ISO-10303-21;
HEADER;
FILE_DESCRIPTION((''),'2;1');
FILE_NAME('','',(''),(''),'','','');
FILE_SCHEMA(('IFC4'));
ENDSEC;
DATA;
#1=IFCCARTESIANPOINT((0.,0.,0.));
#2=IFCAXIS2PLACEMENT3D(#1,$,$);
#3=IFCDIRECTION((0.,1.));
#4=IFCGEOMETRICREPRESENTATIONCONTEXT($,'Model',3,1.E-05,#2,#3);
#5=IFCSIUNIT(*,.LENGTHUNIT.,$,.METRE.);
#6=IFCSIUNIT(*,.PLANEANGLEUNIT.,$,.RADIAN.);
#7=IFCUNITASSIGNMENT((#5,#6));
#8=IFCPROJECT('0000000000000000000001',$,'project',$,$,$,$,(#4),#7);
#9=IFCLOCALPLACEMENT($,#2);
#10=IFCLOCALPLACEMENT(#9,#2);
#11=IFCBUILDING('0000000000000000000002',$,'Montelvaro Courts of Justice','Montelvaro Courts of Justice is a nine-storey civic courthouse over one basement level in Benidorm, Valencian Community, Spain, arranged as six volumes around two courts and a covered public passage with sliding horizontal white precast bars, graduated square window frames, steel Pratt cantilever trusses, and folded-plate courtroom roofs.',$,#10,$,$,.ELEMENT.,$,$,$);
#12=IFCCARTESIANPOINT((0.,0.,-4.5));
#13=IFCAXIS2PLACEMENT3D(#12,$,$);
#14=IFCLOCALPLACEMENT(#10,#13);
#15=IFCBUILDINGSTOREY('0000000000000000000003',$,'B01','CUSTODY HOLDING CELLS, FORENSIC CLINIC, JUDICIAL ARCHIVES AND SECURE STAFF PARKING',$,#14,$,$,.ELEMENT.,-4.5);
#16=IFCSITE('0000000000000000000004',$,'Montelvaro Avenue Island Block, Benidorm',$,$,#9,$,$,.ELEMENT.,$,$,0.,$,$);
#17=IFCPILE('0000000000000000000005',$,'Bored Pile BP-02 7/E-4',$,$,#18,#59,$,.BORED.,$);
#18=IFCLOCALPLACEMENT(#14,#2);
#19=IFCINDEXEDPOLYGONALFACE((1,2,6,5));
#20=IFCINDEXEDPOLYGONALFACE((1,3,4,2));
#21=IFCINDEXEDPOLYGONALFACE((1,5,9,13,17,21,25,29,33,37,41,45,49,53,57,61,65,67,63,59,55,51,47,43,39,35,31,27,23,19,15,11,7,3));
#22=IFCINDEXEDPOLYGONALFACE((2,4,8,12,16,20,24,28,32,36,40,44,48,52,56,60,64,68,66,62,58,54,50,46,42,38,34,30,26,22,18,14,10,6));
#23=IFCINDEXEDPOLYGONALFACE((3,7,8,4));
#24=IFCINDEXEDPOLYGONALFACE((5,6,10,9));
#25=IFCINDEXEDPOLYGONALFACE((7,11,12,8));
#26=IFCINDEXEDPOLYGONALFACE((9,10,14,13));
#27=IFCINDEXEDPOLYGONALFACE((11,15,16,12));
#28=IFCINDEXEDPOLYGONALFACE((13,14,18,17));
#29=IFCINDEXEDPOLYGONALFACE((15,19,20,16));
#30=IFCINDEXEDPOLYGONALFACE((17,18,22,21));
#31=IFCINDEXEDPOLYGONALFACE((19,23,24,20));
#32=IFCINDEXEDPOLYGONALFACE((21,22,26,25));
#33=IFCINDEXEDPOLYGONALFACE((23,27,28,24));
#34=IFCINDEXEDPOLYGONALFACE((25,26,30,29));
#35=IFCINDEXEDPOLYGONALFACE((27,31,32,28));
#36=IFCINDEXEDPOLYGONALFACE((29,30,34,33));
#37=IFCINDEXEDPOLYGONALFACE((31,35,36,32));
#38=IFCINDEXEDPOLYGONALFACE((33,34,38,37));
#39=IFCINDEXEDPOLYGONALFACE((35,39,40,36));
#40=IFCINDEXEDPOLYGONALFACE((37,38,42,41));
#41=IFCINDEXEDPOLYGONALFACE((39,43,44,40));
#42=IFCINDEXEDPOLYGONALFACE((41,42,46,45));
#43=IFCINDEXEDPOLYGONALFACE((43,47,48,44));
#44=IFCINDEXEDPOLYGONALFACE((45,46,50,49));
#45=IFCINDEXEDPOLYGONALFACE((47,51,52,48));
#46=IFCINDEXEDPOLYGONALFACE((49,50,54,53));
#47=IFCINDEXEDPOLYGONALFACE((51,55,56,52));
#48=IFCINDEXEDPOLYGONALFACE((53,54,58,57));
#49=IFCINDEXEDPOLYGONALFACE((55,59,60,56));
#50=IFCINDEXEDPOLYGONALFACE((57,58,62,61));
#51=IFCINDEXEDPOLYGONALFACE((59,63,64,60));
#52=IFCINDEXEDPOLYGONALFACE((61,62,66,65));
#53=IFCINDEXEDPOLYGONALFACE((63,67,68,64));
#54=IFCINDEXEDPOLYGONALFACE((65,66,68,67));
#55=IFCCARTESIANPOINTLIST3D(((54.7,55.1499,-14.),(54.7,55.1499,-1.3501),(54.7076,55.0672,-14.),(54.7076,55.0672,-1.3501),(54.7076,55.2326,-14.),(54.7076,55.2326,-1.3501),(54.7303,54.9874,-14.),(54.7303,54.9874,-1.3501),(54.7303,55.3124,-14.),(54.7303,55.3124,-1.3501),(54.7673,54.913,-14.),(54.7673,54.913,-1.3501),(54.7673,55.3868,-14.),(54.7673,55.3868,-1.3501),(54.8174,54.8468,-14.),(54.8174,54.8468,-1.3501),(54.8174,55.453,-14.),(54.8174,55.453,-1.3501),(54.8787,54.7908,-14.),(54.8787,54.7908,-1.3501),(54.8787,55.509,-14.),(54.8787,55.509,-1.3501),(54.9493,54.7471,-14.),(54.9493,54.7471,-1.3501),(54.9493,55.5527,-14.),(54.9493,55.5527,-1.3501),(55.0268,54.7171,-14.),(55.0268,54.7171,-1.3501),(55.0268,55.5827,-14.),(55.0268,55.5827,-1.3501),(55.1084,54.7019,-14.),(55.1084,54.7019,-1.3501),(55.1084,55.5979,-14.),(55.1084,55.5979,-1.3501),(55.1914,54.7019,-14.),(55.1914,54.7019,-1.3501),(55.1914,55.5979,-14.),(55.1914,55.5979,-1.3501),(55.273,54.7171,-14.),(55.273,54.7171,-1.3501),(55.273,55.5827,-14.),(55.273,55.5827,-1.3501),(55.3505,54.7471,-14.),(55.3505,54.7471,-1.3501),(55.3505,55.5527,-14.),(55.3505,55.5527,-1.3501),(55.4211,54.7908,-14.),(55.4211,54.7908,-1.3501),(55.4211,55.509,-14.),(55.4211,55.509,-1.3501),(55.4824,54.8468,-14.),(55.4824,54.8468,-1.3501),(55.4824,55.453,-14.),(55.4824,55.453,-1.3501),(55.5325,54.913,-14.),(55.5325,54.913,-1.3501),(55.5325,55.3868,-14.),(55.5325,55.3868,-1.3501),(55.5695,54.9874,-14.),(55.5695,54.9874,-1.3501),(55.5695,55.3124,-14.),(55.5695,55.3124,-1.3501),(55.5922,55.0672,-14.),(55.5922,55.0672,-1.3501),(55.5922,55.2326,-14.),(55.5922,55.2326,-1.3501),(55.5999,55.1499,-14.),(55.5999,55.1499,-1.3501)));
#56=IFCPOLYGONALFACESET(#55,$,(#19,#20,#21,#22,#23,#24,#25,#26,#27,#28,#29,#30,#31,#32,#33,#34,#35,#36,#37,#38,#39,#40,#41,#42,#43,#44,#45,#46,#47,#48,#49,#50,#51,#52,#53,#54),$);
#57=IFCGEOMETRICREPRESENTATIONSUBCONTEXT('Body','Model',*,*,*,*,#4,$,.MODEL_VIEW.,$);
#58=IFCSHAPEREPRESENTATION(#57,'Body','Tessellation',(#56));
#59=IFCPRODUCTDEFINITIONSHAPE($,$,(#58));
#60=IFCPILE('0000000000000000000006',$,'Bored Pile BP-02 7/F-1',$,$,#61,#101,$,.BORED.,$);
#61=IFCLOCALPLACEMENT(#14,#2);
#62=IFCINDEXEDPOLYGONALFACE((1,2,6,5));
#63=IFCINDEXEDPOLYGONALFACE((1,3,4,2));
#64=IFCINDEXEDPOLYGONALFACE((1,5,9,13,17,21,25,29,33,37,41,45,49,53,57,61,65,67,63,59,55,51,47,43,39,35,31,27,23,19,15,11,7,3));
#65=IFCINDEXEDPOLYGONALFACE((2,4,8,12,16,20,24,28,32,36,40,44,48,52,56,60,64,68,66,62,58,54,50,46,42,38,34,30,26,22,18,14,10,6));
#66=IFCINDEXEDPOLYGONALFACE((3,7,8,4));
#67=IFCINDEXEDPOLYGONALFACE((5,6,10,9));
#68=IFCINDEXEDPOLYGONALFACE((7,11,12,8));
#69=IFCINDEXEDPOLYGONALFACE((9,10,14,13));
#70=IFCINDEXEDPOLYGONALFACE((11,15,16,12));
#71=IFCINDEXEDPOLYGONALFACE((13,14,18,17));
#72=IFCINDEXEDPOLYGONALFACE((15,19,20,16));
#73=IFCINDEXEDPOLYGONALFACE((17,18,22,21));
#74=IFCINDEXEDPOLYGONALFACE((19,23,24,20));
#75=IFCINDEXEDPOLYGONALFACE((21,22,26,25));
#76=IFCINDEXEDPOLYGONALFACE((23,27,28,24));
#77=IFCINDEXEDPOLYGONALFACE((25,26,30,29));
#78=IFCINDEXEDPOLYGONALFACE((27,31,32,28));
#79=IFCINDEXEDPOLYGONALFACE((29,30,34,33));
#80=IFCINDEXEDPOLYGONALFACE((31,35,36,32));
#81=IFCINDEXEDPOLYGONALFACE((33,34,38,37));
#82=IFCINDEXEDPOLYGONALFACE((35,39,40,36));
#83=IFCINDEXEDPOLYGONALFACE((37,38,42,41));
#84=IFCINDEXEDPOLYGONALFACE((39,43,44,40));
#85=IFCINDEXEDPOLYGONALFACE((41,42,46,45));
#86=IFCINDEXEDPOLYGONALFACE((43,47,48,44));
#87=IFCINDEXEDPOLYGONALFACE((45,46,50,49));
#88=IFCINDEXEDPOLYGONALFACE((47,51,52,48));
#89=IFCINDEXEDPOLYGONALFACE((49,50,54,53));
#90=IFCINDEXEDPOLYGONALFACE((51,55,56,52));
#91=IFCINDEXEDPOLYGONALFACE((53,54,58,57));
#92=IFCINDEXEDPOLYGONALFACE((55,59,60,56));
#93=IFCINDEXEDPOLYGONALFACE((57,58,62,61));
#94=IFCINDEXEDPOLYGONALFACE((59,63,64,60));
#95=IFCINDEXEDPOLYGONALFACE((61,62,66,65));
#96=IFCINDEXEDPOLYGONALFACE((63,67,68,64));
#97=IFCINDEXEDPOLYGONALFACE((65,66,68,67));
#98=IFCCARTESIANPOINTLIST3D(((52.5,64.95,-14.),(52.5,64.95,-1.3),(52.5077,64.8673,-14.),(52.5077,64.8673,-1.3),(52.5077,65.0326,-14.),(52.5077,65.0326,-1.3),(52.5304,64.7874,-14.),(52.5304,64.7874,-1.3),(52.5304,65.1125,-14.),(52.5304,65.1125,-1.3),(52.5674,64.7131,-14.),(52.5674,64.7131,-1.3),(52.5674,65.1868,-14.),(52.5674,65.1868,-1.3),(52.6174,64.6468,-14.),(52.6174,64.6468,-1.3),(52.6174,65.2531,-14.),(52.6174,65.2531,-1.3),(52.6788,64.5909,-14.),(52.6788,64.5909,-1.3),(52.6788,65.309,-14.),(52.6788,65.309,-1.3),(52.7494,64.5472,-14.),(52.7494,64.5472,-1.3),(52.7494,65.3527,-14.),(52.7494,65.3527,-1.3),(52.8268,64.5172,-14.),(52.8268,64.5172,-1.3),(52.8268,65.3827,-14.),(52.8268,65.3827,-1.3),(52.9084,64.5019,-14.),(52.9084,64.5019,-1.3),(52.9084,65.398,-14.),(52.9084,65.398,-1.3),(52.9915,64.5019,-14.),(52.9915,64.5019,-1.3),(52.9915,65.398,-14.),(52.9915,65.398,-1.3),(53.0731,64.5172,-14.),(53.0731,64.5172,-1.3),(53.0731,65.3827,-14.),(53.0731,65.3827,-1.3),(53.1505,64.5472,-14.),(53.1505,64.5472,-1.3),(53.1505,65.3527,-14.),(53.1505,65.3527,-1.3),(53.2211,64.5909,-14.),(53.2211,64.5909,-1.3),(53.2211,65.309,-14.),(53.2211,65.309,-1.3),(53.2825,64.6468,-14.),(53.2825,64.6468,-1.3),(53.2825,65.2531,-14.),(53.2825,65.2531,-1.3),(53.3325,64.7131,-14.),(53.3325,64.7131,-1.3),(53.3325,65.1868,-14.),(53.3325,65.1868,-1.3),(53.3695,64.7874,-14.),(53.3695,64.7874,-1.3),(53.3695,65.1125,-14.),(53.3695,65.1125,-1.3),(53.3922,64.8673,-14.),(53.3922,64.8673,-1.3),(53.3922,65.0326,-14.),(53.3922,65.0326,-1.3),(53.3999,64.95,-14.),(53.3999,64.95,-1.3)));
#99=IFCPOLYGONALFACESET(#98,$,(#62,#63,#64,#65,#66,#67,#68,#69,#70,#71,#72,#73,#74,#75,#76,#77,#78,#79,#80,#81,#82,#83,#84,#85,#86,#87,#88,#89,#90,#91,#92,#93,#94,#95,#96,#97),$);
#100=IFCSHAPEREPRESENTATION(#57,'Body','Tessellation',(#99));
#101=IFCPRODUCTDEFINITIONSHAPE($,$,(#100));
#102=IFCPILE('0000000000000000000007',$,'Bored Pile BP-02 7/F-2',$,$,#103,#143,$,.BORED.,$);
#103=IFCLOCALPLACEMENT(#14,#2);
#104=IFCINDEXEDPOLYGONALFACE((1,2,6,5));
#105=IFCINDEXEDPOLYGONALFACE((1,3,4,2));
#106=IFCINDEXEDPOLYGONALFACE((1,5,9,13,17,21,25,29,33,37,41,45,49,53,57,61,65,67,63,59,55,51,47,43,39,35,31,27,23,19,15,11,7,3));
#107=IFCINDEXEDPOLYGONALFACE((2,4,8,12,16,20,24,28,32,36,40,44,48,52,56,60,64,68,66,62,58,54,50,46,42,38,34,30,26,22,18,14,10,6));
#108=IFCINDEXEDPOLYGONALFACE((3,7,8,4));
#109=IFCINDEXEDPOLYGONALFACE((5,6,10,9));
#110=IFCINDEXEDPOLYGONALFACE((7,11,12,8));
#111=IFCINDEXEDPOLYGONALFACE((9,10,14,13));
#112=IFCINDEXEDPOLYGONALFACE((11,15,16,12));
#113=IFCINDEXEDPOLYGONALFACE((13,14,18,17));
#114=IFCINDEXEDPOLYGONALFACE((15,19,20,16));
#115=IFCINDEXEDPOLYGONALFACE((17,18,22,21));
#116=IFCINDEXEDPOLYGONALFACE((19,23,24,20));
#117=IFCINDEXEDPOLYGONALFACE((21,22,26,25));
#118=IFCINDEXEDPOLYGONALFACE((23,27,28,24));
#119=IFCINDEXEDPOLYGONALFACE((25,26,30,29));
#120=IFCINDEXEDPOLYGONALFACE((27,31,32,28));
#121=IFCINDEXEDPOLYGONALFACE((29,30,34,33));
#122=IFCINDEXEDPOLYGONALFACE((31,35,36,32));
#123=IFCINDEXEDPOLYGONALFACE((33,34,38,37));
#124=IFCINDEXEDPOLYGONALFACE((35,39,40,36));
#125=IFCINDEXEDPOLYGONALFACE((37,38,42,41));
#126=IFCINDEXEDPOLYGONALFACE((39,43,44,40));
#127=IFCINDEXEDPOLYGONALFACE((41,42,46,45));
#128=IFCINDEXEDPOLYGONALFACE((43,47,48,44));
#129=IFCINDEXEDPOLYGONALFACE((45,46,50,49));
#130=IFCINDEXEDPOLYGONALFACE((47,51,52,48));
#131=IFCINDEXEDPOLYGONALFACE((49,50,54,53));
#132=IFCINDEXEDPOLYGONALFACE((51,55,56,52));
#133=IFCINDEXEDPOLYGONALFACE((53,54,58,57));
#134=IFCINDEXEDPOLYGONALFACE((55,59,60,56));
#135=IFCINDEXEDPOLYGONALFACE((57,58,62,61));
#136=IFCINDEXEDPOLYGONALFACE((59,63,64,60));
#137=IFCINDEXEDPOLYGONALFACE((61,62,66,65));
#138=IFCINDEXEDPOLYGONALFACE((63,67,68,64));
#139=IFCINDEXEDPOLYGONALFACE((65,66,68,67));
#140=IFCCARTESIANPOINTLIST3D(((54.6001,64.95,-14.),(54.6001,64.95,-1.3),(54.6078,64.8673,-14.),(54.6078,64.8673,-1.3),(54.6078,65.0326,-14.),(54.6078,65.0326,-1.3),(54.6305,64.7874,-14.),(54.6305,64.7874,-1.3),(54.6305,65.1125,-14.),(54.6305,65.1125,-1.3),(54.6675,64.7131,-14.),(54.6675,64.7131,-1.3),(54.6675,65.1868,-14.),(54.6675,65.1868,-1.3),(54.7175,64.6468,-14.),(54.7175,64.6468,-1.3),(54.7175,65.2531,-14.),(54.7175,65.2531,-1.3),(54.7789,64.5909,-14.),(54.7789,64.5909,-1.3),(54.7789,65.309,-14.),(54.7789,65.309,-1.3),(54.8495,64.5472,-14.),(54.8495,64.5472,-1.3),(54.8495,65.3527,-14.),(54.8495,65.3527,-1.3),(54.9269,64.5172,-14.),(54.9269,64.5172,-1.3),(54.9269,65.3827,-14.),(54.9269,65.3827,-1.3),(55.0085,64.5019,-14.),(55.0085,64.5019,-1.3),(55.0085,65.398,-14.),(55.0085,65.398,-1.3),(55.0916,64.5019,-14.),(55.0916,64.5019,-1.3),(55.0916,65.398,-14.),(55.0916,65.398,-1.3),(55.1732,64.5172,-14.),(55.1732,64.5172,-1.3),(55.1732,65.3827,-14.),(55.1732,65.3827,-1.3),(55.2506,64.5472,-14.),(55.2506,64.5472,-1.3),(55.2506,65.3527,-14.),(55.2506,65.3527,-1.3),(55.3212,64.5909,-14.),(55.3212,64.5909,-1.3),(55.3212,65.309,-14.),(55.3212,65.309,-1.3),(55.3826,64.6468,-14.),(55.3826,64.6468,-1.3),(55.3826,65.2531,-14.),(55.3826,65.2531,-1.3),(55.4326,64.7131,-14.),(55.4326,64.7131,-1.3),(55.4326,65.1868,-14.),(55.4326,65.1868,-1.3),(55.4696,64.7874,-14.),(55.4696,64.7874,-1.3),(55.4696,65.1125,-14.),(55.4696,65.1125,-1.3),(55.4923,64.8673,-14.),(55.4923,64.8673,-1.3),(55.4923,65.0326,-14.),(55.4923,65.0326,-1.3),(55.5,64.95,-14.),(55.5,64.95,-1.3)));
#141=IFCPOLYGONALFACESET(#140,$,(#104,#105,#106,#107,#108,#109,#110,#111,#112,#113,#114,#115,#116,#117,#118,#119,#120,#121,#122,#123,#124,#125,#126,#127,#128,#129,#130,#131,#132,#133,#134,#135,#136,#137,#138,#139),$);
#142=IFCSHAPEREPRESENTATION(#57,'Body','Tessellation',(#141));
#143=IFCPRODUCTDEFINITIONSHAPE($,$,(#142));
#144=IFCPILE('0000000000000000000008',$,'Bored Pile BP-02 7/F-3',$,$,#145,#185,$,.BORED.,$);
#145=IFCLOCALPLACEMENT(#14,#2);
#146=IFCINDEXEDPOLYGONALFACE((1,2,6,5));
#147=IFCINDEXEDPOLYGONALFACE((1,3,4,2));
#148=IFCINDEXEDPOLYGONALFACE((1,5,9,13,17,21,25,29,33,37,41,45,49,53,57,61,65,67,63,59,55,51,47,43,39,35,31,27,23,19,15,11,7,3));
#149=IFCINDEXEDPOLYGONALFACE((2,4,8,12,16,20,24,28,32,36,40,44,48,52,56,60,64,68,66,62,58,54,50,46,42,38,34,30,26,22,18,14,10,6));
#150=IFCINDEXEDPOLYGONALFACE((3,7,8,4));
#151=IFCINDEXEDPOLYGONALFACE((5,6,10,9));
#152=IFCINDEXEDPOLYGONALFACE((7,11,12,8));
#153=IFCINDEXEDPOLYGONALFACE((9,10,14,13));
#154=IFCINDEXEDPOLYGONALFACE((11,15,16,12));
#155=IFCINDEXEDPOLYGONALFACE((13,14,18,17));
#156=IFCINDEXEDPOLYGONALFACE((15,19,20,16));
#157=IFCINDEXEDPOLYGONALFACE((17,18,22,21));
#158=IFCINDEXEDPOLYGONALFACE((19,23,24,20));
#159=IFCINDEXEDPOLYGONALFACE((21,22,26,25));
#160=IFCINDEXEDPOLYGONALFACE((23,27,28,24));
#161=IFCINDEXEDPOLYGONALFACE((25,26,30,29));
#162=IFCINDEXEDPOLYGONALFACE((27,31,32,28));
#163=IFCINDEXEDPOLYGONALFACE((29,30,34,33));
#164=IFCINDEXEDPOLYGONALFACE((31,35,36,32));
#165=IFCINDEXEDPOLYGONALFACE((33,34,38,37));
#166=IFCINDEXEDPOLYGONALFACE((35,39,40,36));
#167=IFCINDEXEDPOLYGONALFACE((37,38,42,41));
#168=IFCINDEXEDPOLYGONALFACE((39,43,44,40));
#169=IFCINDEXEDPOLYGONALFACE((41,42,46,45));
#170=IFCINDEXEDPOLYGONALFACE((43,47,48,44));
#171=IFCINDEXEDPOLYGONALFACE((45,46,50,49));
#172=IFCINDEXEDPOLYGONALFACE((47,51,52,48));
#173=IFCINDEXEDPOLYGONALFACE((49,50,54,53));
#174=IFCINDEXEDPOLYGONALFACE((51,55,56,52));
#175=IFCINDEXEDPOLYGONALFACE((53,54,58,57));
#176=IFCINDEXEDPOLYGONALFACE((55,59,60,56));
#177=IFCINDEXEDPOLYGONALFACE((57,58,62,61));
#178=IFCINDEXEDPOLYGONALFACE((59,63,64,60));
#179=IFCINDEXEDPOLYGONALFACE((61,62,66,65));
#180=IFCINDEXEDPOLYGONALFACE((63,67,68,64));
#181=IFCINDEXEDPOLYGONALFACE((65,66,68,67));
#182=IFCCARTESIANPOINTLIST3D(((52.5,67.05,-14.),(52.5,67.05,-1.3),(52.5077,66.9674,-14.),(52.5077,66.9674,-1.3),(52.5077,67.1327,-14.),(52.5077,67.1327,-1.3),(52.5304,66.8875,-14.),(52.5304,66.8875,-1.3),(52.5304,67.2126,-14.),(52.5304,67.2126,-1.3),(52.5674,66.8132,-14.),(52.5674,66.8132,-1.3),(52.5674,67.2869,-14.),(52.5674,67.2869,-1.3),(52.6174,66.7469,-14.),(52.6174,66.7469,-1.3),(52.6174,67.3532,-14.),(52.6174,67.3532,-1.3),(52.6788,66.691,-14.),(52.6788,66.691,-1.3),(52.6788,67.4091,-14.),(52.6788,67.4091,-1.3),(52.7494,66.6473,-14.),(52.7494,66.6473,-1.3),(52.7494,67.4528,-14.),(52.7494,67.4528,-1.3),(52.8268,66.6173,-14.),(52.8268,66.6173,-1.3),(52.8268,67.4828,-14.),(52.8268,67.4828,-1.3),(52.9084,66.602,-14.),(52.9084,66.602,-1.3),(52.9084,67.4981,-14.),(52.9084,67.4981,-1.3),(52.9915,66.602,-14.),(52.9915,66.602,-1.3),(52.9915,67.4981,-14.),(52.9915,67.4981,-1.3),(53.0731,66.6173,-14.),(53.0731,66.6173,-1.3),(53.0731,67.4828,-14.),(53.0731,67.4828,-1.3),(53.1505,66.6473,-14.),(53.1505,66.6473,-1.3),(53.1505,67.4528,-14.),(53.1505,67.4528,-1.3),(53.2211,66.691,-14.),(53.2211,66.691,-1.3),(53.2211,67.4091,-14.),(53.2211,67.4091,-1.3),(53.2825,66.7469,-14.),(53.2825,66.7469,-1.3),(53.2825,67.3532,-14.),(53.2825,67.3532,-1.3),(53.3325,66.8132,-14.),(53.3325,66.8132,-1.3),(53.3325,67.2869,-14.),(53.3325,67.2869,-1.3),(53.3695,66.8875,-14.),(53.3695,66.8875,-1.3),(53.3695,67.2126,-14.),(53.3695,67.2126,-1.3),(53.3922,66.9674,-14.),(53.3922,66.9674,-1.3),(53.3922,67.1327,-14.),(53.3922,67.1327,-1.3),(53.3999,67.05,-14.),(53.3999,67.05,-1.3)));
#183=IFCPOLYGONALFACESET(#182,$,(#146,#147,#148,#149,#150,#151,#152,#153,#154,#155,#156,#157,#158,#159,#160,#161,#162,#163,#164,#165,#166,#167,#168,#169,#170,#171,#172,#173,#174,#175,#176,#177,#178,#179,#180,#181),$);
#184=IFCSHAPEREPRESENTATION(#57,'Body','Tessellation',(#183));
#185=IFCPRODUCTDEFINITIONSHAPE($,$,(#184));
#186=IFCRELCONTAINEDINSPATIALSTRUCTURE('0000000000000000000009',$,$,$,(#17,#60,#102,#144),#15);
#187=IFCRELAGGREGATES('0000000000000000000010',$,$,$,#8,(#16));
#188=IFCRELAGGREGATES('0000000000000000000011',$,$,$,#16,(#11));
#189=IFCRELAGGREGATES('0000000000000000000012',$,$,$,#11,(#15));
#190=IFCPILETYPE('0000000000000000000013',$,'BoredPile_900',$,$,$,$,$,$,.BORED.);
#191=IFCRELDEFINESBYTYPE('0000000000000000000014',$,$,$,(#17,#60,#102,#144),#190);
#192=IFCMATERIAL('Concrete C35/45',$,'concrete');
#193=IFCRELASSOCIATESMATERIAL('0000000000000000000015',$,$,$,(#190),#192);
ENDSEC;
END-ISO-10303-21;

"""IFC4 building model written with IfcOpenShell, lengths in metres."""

from ifc_helpers import new_model, si_unit, direction, frame, origin, origin_2d, place, context, subcontext, project, spatial, circle, extrude, material, material_profile, profile_set, type_object, element, save


model = new_model("IFC4")

# Units and contexts
model_context = context("Model", 3, precision=1e-05, world=origin(), true_north=direction((0.0, 1.0)))
body_context = subcontext(model_context, "Body", "Model", "MODEL_VIEW")
ifc_project = project(units=[si_unit("LENGTHUNIT", "METRE"), si_unit("PLANEANGLEUNIT", "RADIAN")], contexts=[model_context])

# Site, building, storey
site_placement = place(None, origin())
site = spatial("IfcSite", under=ifc_project, at=site_placement, Name="Montelvaro Avenue Island Block, Benidorm", CompositionType="ELEMENT", RefElevation=0.0)
building_placement = place(site_placement, origin())
building = spatial("IfcBuilding", under=site, at=building_placement, Name="Montelvaro Courts of Justice", Description="Montelvaro Courts of Justice is a nine-storey civic courthouse over one basement level in Benidorm, Valencian Community, Spain, arranged as six volumes around two courts and a covered public passage with sliding horizontal white precast bars, graduated square window frames, steel Pratt cantilever trusses, and folded-plate courtroom roofs.", CompositionType="ELEMENT")
storey_placement = place(building_placement, frame((0.0, 0.0, -4.5)))
storey = spatial("IfcBuildingStorey", under=building, at=storey_placement, Name="B01", Description="CUSTODY HOLDING CELLS, FORENSIC CLINIC, JUDICIAL ARCHIVES AND SECURE STAFF PARKING", CompositionType="ELEMENT", Elevation=-4.5)

# Piles
ifc_material_1 = material(Name="Concrete C35/45", Category="concrete")
ifc_material_profile_1 = material_profile(ifc_material_1, circle(Radius=0.45, at=origin_2d()), Name="BORED PILE D900")
ifc_profile_set_1 = profile_set([ifc_material_profile_1], Name="Concrete C35/45")
pile_type_1 = type_object("IfcPileType", Name="BoredPile_900", PredefinedType="BORED", material=ifc_profile_set_1)
for number, where, z_axis, x_axis, name in (
    (1, (55.1499, 55.1499, -1.3501), (0.0, 0.0, -1.0), (1.0, 0.0, 0.0), "Bored Pile BP-02 7/E-4"),
):
    element("IfcPile", number, at=place(storey_placement, frame(where, z_axis=z_axis, x_axis=x_axis)), inside=storey, type_object=pile_type_1, Name=name, PredefinedType="BORED", context=body_context, shape_type="SweptSolid", body=[
        extrude(circle(Radius=0.45, at=origin_2d()), origin(), (0.0, 0.0, 1.0), 12.6499),
    ])
for number, where, z_axis, x_axis, name in (
    (2, (52.95, 64.95, -1.3), (0.0, 0.0, -1.0), (1.0, 0.0, 0.0), "Bored Pile BP-02 7/F-1"),
    (3, (55.05, 64.95, -1.3), (0.0, 0.0, -1.0), (1.0, 0.0, 0.0), "Bored Pile BP-02 7/F-2"),
    (4, (52.95, 67.05, -1.3), (0.0, 0.0, -1.0), (1.0, 0.0, 0.0), "Bored Pile BP-02 7/F-3"),
):
    element("IfcPile", number, at=place(storey_placement, frame(where, z_axis=z_axis, x_axis=x_axis)), inside=storey, type_object=pile_type_1, Name=name, PredefinedType="BORED", context=body_context, shape_type="SweptSolid", body=[
        extrude(circle(Radius=0.45, at=origin_2d()), origin(), (0.0, 0.0, 1.0), 12.7),
    ])

save(model, "model.ifc")
